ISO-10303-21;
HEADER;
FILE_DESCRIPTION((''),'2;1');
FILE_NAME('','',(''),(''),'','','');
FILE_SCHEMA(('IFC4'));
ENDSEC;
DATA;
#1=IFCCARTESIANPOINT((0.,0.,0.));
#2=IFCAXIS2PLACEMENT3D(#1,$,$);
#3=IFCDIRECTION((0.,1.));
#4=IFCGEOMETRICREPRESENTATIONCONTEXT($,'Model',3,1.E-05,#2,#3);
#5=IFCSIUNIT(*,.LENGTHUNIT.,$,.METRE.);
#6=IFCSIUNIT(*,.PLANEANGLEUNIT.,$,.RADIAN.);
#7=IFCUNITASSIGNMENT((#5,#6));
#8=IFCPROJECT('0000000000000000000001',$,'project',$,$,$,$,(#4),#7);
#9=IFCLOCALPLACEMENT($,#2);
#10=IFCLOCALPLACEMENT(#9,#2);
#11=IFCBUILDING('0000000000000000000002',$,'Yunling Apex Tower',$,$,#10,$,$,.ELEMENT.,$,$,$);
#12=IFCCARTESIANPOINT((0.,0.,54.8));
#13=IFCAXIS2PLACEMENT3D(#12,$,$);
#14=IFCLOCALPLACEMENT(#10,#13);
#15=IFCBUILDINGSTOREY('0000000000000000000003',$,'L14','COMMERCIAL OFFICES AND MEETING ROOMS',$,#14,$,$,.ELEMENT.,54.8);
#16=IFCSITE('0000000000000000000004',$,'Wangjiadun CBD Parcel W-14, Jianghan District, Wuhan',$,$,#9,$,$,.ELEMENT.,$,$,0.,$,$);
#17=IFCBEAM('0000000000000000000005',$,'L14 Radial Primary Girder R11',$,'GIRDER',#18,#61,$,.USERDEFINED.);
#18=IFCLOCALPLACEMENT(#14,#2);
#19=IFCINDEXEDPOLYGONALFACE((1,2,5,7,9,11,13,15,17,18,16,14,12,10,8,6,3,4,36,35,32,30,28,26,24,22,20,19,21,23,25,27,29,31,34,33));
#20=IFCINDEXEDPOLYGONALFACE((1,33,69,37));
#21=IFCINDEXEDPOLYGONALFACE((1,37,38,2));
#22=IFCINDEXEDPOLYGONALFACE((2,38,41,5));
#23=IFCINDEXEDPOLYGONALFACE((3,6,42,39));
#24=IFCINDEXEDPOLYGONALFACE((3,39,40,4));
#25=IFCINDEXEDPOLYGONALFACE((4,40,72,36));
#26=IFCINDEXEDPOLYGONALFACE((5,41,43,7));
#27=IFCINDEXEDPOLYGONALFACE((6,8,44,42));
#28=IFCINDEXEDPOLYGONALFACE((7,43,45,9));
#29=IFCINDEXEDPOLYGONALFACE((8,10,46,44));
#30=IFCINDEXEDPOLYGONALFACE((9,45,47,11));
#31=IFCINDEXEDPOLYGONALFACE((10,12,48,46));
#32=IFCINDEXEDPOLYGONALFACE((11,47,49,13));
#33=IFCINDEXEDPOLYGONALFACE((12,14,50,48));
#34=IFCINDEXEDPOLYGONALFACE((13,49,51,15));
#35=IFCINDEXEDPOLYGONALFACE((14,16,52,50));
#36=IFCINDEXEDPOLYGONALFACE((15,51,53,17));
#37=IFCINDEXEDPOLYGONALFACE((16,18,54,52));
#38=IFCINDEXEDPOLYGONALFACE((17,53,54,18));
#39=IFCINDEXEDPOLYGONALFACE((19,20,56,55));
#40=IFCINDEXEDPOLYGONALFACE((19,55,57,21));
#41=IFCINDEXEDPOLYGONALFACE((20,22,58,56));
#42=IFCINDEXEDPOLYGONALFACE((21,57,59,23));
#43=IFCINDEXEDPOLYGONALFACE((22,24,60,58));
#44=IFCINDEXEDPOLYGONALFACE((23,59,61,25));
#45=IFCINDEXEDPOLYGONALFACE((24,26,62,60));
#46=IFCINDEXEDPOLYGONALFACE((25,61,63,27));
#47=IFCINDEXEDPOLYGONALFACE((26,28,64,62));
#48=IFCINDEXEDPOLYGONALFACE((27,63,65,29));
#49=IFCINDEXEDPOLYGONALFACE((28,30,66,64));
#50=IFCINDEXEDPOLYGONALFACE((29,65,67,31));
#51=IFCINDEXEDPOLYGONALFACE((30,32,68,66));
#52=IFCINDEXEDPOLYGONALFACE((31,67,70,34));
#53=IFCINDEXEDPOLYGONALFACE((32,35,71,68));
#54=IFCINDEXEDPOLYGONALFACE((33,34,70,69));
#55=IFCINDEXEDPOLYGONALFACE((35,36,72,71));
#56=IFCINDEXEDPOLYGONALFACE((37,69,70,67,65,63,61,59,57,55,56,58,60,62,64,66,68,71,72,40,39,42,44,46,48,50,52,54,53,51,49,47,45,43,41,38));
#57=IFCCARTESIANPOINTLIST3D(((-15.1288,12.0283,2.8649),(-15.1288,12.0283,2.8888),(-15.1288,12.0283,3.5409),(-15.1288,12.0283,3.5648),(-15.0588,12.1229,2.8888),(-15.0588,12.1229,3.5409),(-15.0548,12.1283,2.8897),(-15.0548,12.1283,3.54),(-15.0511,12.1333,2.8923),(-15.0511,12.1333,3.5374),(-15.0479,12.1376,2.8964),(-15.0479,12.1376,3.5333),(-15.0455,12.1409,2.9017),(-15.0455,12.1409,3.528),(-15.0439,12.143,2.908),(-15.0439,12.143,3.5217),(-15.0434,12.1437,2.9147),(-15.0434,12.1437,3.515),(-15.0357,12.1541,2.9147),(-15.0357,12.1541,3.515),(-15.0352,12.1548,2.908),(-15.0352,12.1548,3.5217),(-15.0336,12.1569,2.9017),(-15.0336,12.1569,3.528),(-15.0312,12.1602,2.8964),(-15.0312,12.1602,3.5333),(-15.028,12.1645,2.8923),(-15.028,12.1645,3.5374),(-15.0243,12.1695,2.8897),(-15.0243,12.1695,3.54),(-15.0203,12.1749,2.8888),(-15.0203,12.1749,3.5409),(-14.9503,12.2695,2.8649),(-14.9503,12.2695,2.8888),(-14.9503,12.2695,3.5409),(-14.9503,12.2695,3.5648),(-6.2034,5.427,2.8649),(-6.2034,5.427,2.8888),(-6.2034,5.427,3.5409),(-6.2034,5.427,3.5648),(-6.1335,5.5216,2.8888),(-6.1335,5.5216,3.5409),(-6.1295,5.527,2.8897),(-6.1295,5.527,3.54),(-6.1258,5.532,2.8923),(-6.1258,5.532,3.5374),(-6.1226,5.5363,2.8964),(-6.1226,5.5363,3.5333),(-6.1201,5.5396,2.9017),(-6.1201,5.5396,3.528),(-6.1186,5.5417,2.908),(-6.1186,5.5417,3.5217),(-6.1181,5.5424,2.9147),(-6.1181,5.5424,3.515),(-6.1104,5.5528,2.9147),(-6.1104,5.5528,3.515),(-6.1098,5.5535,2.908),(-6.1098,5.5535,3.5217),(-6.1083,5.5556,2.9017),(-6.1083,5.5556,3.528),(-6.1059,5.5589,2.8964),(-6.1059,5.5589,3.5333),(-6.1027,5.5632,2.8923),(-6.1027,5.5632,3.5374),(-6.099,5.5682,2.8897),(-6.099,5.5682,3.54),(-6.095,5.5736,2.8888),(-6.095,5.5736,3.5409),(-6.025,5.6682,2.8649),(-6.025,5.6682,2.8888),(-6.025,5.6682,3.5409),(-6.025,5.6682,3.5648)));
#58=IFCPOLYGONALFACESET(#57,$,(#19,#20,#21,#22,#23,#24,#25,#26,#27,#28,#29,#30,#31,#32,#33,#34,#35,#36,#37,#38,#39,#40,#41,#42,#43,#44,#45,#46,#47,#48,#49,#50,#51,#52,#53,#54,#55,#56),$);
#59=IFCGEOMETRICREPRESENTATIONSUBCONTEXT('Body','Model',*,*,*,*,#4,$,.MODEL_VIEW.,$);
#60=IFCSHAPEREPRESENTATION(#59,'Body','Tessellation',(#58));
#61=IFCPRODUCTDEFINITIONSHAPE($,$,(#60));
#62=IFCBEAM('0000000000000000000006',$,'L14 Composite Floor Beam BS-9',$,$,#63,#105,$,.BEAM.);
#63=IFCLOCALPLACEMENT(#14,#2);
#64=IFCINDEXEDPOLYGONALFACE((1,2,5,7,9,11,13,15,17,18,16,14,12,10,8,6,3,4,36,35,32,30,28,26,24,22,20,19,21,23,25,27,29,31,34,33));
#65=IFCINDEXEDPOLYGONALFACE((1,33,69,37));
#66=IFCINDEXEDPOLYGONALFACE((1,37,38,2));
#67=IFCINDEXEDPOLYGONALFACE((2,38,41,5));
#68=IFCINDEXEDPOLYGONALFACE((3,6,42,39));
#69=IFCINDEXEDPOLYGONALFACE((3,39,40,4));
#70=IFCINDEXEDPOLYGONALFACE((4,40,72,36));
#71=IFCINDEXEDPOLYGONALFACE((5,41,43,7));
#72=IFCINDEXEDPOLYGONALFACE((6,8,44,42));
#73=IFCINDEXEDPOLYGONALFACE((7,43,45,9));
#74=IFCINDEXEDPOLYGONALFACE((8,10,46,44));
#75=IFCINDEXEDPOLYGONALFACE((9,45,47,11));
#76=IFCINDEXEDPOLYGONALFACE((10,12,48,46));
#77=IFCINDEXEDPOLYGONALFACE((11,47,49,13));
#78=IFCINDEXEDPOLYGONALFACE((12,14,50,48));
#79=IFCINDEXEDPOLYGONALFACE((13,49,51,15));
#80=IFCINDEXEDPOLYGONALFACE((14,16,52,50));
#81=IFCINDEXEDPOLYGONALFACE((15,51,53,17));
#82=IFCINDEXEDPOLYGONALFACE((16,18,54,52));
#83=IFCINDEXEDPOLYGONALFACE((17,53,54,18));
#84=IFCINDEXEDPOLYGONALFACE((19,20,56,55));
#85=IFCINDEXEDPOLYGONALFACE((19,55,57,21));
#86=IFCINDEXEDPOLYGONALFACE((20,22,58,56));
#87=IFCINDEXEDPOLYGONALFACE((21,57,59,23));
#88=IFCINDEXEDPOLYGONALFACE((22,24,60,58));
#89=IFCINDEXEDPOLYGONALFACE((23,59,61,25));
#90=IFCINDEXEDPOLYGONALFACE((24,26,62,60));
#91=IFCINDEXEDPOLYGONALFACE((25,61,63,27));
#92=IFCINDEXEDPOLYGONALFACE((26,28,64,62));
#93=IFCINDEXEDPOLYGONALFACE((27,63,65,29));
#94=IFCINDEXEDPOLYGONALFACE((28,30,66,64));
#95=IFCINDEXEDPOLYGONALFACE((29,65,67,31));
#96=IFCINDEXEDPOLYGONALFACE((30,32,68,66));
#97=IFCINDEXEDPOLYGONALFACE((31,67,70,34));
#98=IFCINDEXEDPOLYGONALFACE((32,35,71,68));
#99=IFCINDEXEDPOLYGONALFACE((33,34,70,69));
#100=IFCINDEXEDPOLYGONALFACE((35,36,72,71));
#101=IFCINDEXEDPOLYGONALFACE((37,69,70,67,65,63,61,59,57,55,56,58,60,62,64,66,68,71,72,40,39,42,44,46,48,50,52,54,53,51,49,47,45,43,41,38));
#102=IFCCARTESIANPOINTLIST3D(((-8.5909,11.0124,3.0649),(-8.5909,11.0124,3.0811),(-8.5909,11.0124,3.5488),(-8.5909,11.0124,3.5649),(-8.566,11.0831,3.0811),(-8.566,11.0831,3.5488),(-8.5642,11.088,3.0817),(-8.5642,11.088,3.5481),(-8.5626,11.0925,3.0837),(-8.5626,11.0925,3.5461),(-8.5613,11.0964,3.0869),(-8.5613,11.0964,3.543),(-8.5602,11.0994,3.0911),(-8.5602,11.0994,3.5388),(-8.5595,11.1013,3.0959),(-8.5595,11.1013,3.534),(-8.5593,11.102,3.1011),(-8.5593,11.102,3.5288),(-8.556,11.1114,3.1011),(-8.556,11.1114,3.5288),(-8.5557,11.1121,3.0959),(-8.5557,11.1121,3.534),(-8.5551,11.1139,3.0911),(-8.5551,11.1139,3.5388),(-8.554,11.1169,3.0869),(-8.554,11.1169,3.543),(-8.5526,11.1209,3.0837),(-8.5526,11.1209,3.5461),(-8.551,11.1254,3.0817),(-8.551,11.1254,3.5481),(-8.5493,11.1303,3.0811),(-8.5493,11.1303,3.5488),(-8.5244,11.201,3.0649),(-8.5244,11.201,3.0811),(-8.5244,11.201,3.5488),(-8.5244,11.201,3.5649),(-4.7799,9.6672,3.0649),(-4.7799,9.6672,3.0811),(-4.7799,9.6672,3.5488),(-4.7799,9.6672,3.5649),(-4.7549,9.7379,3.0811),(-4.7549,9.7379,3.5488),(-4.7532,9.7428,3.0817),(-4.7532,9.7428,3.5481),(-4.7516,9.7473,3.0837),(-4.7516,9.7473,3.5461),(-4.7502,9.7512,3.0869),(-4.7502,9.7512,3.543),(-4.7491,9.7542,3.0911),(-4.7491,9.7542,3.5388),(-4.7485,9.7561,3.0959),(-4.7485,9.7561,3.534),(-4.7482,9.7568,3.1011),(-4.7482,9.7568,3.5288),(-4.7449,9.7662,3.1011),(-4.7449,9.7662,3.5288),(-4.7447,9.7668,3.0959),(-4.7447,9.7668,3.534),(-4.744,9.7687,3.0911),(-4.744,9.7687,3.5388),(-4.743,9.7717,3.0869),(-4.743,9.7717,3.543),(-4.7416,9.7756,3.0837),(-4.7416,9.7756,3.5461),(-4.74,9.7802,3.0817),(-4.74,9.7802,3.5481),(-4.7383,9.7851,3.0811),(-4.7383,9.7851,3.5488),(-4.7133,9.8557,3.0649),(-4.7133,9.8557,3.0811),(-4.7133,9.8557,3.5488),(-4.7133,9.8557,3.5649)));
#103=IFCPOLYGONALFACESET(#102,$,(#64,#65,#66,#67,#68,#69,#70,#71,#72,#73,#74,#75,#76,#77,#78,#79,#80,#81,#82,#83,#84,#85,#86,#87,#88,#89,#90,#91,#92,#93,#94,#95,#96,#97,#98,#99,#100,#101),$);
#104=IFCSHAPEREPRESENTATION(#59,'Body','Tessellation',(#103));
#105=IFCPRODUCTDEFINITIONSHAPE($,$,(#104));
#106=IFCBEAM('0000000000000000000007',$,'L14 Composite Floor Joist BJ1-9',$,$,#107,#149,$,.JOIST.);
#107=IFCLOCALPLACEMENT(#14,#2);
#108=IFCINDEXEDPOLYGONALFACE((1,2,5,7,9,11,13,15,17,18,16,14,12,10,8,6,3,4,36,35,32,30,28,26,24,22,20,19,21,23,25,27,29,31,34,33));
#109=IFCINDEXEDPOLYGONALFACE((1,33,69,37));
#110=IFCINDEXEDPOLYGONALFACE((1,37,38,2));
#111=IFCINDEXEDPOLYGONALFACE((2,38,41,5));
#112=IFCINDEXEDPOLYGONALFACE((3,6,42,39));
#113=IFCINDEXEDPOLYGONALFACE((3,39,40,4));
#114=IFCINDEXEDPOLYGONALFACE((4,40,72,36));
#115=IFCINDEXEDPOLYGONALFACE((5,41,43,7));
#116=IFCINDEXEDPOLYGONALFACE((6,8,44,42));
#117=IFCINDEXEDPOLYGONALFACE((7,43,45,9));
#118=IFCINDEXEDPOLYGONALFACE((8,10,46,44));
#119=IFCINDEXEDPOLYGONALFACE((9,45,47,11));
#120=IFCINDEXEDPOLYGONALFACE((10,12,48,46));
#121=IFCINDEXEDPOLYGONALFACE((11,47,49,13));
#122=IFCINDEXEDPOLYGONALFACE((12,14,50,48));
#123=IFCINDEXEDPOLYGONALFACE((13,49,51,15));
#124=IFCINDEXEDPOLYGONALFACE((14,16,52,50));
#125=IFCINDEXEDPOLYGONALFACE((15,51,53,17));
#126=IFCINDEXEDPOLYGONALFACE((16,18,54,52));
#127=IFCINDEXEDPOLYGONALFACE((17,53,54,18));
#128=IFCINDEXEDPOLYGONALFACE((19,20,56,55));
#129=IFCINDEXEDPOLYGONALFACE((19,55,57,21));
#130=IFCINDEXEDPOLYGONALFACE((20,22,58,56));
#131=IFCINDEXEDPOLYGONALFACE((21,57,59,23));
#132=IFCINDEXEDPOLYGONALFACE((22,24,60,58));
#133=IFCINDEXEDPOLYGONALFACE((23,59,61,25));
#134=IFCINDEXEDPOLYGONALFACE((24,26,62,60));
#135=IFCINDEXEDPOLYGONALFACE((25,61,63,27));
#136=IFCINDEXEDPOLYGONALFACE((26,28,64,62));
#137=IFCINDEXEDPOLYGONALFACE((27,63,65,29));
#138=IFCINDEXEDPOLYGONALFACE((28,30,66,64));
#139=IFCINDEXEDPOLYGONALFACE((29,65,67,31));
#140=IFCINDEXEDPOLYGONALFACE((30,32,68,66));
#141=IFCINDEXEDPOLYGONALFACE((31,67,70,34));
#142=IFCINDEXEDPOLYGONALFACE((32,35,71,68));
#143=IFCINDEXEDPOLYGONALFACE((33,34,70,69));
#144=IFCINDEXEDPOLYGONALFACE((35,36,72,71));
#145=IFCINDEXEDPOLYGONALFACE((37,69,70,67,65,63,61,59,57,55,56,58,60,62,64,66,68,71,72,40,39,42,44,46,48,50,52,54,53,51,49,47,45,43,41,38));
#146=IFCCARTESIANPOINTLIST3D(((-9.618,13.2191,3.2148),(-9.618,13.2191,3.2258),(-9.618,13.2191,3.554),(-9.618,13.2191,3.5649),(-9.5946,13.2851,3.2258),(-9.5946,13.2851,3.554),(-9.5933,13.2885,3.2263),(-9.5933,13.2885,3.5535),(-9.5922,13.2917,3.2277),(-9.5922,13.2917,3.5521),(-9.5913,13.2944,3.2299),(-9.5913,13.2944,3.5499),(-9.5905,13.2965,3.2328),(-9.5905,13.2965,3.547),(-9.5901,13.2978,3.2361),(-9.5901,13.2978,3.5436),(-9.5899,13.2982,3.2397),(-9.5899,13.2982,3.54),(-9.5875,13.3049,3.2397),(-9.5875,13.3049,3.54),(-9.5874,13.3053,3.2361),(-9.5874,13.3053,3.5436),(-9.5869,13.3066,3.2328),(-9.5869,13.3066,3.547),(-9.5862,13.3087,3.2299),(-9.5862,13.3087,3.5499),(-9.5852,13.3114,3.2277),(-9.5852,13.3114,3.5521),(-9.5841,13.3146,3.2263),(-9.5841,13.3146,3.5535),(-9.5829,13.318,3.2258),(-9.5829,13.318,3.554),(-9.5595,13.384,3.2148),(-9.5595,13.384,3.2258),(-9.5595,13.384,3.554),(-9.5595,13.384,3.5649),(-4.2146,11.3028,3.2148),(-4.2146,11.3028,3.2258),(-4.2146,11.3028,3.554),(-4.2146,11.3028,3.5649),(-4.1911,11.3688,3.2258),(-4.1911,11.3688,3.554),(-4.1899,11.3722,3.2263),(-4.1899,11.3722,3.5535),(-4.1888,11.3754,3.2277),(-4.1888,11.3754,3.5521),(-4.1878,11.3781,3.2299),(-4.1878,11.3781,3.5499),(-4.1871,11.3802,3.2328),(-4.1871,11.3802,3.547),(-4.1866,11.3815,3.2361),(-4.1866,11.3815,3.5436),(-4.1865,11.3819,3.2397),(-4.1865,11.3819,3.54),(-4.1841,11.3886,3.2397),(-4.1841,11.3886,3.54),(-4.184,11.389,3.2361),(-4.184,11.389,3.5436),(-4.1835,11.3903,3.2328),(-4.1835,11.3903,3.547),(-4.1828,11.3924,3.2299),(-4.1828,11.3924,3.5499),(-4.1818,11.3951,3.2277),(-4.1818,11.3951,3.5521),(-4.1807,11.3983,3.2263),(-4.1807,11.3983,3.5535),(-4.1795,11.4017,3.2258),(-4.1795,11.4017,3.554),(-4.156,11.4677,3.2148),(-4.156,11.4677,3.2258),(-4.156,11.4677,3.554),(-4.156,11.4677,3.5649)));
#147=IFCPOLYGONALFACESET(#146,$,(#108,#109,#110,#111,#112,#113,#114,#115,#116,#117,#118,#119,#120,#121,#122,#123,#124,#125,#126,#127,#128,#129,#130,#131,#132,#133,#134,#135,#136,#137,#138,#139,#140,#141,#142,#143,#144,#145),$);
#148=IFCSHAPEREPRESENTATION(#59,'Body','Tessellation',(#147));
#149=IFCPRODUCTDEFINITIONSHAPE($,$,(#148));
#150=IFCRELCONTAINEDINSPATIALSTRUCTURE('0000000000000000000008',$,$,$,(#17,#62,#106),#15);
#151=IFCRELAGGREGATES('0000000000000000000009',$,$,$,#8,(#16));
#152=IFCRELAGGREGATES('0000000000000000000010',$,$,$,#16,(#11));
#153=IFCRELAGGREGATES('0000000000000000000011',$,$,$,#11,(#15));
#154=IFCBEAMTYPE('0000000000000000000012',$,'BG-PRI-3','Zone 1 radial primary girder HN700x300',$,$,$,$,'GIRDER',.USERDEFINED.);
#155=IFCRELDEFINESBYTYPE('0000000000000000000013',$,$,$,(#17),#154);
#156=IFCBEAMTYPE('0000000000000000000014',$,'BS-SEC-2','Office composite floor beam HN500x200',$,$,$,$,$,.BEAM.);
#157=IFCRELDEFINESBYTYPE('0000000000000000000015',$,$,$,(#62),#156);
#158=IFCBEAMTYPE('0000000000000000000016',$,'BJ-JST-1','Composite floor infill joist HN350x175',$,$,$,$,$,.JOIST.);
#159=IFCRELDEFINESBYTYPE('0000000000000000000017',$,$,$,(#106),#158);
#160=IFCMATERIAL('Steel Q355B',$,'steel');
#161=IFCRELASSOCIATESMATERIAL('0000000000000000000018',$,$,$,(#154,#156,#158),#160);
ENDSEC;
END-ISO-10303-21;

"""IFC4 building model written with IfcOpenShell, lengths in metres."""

from ifc_helpers import new_model, si_unit, direction, frame, origin, origin_2d, place, context, subcontext, project, spatial, i_section, extrude, source, transform, mapped, material, material_profile, profile_set, type_object, element, save


model = new_model("IFC4")

# Units and contexts
model_context = context("Model", 3, precision=1e-05, world=origin(), true_north=direction((0.0, 1.0)))
body_context = subcontext(model_context, "Body", "Model", "MODEL_VIEW")
ifc_project = project(units=[si_unit("LENGTHUNIT", "METRE"), si_unit("PLANEANGLEUNIT", "RADIAN")], contexts=[model_context])

# Site, building, storey
site_placement = place(None, origin())
site = spatial("IfcSite", under=ifc_project, at=site_placement, Name="Wangjiadun CBD Parcel W-14, Jianghan District, Wuhan", CompositionType="ELEMENT", RefElevation=0.0)
building_placement = place(site_placement, origin())
building = spatial("IfcBuilding", under=site, at=building_placement, Name="Yunling Apex Tower", CompositionType="ELEMENT")
storey_placement = place(building_placement, frame((0.0, 0.0, 54.8)))
storey = spatial("IfcBuildingStorey", under=building, at=storey_placement, Name="L14", Description="COMMERCIAL OFFICES AND MEETING ROOMS", CompositionType="ELEMENT", Elevation=54.8)

# Beams
ifc_material_1 = material(Name="Steel Q355B", Category="steel")
ifc_material_profile_1 = material_profile(ifc_material_1, i_section(OverallWidth=0.3, OverallDepth=0.7, WebThickness=0.0129, FlangeThickness=0.0239, FilletRadius=0.0259, at=origin_2d()))
ifc_profile_set_1 = profile_set([ifc_material_profile_1], Name="Steel Q355B")
beam_type_1 = type_object("IfcBeamType", Name="BG-PRI-3", Description="Zone 1 radial primary girder HN700x300", ElementType="GIRDER", PredefinedType="USERDEFINED", material=ifc_profile_set_1)
shared_shape_1 = source(origin(), body_context, "Body", "SweptSolid", [
    extrude(i_section(OverallWidth=0.3, OverallDepth=0.7, WebThickness=0.0129, FlangeThickness=0.0239, FilletRadius=0.0259, at=origin_2d()), origin(), (0.0, 0.0, 1.0), 11.1013),
])
beam_1_placement = place(storey_placement, frame((-15.0396, 12.1489, 3.2148), z_axis=(0.803988, -0.594645, 0.0), x_axis=(0.594645, 0.803988, 0.0)))
element("IfcBeam", 1, at=beam_1_placement, inside=storey, type_object=beam_type_1, Name="L14 Radial Primary Girder R11", ObjectType="GIRDER", PredefinedType="USERDEFINED", context=body_context, shape_type="MappedRepresentation", body=[
    mapped(shared_shape_1, transform((0.0, 0.0, 0.0), scale=1.0)),
])
ifc_material_profile_2 = material_profile(ifc_material_1, i_section(OverallWidth=0.2, OverallDepth=0.5, WebThickness=0.01, FlangeThickness=0.0161, FilletRadius=0.02, at=origin_2d()))
ifc_profile_set_2 = profile_set([ifc_material_profile_2], Name="Steel Q355B")
beam_type_2 = type_object("IfcBeamType", Name="BS-SEC-2", Description="Office composite floor beam HN500x200", PredefinedType="BEAM", material=ifc_profile_set_2)
shared_shape_2 = source(origin(), body_context, "Body", "SweptSolid", [
    extrude(i_section(OverallWidth=0.2, OverallDepth=0.5, WebThickness=0.01, FlangeThickness=0.0161, FilletRadius=0.02, at=origin_2d()), origin(), (0.0, 0.0, 1.0), 4.0415),
])
beam_2_placement = place(storey_placement, frame((-4.7466, 9.7615, 3.3149), z_axis=(-0.942979, 0.332852, 0.0), x_axis=(-0.332852, -0.942979, 0.0)))
element("IfcBeam", 2, at=beam_2_placement, inside=storey, type_object=beam_type_2, Name="L14 Composite Floor Beam BS-9", PredefinedType="BEAM", context=body_context, shape_type="MappedRepresentation", body=[
    mapped(shared_shape_2, transform((0.0, 0.0, 0.0), scale=1.0)),
])
ifc_material_profile_3 = material_profile(ifc_material_1, i_section(OverallWidth=0.175, OverallDepth=0.3501, WebThickness=0.0071, FlangeThickness=0.011, FilletRadius=0.0139, at=origin_2d()))
ifc_profile_set_3 = profile_set([ifc_material_profile_3], Name="Steel Q355B")
beam_type_3 = type_object("IfcBeamType", Name="BJ-JST-1", Description="Composite floor infill joist HN350x175", PredefinedType="JOIST", material=ifc_profile_set_3)
shared_shape_3 = source(origin(), body_context, "Body", "SweptSolid", [
    extrude(i_section(OverallWidth=0.175, OverallDepth=0.3501, WebThickness=0.0071, FlangeThickness=0.011, FilletRadius=0.0139, at=origin_2d()), origin(), (0.0, 0.0, 1.0), 5.7332),
])
beam_3_placement = place(storey_placement, frame((-4.1853, 11.3853, 3.3899), z_axis=(-0.942485, 0.334248, 0.0), x_axis=(-0.334248, -0.942485, 0.0)))
element("IfcBeam", 3, at=beam_3_placement, inside=storey, type_object=beam_type_3, Name="L14 Composite Floor Joist BJ1-9", PredefinedType="JOIST", context=body_context, shape_type="MappedRepresentation", body=[
    mapped(shared_shape_3, transform((0.0, 0.0, 0.0), scale=1.0)),
])

save(model, "model.ifc")
